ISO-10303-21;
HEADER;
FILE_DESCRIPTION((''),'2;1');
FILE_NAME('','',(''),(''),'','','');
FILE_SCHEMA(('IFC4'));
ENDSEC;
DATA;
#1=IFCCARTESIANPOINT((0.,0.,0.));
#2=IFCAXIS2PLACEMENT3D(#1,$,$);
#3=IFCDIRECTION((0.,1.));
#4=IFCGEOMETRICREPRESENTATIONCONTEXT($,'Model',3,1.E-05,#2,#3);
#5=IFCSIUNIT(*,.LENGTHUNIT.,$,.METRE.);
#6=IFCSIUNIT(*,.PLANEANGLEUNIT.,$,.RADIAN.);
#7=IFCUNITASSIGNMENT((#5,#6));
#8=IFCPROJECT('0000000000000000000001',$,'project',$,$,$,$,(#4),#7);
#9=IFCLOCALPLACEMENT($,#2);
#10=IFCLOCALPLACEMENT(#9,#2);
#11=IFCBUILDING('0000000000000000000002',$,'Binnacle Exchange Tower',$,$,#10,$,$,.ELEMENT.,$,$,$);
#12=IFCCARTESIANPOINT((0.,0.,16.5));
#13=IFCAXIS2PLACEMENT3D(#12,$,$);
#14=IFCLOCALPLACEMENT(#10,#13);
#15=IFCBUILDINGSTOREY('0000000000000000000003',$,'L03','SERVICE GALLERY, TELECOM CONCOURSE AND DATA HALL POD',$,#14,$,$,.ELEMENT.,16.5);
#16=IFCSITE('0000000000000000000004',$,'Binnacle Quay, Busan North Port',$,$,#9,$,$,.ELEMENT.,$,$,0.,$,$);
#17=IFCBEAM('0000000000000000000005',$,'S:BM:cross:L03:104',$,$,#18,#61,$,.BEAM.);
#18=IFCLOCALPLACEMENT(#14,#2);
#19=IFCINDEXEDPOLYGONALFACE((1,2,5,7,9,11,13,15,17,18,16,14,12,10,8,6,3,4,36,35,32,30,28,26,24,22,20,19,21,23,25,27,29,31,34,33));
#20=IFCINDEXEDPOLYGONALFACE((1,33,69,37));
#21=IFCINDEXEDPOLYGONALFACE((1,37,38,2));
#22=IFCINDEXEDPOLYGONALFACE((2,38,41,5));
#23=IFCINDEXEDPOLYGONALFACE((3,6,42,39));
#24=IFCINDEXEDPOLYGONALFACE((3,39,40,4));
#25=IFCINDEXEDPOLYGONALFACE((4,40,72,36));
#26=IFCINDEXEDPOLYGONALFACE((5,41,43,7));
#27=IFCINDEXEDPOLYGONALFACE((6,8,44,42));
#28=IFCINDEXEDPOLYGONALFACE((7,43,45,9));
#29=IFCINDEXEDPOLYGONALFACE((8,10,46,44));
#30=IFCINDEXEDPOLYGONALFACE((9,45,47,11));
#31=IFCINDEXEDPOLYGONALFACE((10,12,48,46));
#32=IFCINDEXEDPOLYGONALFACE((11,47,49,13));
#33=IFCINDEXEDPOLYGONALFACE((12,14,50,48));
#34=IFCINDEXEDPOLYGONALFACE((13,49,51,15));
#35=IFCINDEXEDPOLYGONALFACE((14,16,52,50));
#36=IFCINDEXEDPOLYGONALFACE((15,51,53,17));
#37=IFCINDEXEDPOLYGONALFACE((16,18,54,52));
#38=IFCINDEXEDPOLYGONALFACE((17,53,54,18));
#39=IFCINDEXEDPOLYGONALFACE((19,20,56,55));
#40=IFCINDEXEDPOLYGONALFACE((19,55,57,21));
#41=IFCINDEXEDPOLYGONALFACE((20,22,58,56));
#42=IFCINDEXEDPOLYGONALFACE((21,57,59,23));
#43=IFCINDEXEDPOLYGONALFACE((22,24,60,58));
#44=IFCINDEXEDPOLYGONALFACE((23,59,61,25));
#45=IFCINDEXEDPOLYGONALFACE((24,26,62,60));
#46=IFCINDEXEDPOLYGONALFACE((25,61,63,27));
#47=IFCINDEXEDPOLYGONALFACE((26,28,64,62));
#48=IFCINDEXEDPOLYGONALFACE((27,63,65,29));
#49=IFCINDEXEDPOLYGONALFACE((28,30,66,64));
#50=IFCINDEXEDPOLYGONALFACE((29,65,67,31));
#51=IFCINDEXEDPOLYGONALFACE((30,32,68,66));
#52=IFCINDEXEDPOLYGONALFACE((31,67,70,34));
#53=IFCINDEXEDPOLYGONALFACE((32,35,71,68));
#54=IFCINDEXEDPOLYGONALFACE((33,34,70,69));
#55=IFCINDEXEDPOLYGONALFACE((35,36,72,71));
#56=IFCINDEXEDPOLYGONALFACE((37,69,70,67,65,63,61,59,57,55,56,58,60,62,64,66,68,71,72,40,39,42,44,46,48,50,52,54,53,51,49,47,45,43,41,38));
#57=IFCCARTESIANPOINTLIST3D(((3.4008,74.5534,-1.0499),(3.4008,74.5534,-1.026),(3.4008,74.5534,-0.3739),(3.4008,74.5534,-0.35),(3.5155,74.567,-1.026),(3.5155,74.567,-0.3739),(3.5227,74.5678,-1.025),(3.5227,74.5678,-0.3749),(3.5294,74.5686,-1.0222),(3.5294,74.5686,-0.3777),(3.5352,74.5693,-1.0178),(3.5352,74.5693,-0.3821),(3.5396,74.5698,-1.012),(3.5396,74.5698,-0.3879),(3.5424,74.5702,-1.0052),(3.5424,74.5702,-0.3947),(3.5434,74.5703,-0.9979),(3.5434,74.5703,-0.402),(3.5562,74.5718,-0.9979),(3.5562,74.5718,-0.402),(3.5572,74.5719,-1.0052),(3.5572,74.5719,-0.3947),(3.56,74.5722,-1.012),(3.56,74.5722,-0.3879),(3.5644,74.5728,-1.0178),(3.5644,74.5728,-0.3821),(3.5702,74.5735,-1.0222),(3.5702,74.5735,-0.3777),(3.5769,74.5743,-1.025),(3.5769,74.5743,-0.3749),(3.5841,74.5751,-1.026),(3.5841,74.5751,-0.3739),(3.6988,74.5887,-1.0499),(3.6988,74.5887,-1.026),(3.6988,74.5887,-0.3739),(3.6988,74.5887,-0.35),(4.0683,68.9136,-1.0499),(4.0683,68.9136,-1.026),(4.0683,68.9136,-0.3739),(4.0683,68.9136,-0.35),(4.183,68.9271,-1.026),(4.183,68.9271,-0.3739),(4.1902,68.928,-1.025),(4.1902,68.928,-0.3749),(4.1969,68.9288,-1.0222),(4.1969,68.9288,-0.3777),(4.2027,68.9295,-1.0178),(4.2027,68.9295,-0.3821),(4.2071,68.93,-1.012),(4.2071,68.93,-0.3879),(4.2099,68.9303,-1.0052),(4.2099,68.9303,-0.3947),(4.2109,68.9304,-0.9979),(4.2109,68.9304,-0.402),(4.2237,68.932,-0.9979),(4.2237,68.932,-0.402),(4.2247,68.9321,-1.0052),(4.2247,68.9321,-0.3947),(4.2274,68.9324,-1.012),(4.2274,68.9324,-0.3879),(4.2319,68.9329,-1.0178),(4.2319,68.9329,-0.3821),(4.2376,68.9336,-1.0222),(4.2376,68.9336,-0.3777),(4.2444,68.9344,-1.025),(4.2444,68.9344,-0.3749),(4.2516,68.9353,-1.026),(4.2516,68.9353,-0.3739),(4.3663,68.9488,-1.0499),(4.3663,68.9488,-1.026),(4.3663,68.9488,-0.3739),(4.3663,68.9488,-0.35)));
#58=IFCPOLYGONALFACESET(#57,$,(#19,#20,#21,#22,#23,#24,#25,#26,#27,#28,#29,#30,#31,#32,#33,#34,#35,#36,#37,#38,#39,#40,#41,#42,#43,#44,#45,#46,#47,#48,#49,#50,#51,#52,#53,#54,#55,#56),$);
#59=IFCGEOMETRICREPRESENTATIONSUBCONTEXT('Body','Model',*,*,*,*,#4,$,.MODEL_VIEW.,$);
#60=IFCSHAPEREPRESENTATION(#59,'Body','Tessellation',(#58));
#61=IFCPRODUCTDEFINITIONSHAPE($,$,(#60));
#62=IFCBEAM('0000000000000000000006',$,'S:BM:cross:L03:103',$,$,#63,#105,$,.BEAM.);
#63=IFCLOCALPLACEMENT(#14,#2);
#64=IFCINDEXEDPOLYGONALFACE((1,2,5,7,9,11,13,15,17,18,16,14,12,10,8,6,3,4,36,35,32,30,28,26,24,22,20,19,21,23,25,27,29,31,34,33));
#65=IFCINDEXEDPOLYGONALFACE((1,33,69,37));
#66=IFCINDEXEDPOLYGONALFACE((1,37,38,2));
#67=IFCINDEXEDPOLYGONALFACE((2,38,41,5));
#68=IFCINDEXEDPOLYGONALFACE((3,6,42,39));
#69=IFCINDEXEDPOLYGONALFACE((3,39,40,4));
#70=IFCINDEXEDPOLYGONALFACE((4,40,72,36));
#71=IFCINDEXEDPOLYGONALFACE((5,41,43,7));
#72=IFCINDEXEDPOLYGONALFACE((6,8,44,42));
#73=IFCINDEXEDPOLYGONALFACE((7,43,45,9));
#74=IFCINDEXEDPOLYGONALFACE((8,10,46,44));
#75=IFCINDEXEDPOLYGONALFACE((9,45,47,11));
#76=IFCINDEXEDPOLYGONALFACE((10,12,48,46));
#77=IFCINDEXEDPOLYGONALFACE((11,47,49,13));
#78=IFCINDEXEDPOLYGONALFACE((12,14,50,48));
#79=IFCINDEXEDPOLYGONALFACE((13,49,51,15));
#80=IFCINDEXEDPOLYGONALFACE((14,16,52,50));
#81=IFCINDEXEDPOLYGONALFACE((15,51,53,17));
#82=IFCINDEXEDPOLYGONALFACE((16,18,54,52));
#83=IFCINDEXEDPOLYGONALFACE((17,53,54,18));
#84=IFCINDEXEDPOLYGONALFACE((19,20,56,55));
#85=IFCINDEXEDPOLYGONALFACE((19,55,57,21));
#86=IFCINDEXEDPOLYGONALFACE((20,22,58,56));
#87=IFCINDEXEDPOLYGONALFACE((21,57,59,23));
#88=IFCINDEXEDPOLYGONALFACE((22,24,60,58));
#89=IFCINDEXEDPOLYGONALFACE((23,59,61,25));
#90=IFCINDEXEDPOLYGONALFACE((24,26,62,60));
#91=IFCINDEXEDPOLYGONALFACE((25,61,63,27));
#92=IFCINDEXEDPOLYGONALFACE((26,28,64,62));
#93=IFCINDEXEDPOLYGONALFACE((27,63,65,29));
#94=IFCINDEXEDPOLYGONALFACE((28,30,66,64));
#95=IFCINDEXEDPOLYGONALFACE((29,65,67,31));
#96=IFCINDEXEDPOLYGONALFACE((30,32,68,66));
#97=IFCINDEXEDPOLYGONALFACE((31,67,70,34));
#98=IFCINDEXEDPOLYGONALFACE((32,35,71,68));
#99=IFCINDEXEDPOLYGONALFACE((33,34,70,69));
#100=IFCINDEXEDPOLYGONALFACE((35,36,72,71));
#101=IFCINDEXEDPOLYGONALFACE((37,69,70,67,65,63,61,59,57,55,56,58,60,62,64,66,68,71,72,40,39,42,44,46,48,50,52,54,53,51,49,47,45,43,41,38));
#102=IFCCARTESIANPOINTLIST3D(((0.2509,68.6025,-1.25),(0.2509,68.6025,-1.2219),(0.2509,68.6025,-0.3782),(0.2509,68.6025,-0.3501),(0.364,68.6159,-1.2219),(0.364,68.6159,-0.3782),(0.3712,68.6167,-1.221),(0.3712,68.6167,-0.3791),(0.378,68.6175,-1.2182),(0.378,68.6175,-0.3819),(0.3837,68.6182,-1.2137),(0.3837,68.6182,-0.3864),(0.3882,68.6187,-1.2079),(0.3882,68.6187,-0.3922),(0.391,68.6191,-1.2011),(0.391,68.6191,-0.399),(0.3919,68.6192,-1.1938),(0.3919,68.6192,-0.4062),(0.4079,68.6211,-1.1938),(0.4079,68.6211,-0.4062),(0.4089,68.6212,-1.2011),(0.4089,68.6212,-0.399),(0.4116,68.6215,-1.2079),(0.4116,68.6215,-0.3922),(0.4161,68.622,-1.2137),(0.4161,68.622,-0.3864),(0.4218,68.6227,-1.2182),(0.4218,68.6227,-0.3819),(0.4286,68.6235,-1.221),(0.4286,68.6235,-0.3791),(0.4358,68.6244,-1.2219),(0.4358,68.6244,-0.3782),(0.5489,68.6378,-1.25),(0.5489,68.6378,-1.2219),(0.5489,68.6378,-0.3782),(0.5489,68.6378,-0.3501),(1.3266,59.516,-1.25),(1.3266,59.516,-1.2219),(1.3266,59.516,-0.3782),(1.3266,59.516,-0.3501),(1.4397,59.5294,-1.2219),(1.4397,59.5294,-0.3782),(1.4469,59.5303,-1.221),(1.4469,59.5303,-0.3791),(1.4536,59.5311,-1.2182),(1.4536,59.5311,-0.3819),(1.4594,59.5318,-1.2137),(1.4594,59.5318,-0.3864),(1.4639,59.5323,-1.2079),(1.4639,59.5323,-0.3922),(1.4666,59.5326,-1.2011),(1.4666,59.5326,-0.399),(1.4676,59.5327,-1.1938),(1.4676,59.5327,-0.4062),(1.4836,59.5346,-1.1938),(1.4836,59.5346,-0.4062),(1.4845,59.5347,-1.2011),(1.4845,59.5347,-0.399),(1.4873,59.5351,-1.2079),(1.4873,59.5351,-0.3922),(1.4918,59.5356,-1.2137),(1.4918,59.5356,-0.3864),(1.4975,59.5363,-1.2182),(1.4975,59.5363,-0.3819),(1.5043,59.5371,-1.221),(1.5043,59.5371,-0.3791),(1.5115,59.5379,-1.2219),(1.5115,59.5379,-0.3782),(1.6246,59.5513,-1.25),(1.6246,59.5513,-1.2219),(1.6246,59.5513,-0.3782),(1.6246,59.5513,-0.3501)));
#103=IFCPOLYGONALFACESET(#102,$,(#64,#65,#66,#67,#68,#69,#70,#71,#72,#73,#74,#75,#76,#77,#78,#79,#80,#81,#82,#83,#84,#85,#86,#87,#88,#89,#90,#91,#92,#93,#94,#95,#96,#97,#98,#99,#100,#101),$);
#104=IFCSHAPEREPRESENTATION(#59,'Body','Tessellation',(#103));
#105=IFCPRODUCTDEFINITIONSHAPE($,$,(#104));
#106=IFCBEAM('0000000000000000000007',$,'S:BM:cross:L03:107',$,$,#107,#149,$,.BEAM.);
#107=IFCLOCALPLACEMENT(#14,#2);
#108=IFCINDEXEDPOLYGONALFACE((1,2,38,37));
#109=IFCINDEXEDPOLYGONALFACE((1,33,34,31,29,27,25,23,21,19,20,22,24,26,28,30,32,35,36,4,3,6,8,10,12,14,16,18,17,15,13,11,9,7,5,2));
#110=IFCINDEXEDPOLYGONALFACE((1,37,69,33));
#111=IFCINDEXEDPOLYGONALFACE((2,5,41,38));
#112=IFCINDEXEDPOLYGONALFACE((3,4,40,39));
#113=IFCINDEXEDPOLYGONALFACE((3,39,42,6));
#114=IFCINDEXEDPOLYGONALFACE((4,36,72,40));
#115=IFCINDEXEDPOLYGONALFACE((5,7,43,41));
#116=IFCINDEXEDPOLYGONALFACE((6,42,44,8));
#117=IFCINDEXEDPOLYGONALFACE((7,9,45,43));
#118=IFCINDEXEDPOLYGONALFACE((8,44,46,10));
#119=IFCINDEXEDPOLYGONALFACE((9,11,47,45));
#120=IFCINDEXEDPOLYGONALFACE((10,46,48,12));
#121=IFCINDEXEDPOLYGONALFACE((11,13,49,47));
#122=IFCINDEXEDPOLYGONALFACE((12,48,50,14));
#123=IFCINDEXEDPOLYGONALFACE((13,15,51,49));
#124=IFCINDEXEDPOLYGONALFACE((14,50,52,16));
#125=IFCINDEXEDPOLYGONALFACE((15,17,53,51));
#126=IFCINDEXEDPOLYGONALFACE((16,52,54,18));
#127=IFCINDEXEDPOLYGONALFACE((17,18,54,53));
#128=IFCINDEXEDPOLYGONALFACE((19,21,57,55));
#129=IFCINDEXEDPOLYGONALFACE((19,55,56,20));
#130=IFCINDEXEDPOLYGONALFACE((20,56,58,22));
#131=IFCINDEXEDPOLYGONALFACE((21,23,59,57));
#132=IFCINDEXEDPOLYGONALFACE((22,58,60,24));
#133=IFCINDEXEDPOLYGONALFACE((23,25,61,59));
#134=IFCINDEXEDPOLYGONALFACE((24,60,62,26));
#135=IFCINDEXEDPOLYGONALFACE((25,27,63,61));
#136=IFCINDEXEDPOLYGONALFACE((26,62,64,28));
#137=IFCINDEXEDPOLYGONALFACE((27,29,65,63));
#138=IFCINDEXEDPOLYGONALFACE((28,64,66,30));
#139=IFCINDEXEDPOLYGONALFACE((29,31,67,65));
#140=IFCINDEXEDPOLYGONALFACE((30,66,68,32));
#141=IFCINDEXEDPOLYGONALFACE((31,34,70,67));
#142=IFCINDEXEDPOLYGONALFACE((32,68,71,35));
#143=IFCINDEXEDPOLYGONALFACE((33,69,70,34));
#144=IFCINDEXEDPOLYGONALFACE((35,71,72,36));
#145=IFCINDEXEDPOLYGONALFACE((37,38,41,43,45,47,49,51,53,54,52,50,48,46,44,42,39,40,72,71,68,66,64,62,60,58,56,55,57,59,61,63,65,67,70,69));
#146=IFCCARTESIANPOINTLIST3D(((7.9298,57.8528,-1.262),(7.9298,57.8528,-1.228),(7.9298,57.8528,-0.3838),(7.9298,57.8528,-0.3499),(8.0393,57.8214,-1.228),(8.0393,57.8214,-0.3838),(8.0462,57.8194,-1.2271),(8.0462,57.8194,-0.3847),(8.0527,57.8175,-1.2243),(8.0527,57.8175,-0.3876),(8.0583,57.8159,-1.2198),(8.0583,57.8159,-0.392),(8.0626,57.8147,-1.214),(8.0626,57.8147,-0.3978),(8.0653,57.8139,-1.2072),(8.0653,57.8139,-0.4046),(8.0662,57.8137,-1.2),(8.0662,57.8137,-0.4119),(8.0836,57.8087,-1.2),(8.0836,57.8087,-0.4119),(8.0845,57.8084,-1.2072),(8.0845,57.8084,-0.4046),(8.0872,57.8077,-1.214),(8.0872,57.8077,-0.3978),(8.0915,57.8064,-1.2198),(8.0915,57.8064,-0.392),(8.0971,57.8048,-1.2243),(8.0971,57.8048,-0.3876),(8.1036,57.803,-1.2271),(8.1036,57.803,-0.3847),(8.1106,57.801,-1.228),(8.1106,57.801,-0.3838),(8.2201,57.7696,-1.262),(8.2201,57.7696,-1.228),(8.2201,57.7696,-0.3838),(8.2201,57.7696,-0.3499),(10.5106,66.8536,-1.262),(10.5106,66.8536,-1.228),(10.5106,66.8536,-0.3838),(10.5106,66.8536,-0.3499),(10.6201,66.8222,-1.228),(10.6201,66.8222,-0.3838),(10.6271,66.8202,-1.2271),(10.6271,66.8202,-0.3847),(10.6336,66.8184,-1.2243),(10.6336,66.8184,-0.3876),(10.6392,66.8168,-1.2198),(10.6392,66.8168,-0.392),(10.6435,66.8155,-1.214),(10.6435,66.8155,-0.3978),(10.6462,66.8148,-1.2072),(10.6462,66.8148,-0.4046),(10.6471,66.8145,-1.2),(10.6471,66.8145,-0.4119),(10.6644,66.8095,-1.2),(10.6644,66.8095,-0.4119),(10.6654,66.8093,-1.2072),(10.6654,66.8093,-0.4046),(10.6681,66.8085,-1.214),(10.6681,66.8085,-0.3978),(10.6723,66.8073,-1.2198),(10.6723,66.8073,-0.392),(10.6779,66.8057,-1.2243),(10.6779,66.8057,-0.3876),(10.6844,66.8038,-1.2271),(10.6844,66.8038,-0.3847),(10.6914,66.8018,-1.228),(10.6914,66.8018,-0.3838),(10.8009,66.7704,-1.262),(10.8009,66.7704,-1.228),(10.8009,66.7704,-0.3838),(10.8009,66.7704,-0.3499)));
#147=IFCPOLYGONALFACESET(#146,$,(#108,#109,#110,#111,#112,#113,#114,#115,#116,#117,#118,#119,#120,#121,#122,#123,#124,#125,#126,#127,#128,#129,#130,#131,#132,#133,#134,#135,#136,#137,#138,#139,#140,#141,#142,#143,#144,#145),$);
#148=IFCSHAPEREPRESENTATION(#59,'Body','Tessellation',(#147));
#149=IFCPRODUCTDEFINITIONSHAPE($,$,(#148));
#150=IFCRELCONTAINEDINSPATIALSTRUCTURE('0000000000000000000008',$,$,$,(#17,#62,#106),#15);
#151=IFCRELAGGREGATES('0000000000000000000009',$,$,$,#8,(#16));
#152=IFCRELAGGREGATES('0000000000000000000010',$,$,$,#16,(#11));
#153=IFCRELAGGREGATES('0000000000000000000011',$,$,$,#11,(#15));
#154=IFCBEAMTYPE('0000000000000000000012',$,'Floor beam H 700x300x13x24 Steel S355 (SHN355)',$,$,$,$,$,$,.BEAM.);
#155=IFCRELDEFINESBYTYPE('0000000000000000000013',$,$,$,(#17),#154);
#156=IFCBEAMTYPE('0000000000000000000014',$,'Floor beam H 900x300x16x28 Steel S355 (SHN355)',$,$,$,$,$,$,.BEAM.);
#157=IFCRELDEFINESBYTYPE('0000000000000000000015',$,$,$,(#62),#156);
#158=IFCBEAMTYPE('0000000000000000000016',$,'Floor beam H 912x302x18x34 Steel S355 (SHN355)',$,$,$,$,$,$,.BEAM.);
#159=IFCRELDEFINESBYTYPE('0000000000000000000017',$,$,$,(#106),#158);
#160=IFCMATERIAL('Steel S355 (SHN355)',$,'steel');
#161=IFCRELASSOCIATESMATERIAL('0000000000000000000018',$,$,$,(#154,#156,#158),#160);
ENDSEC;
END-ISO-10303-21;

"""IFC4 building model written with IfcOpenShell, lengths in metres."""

from ifc_helpers import new_model, si_unit, direction, frame, origin, origin_2d, place, context, subcontext, project, spatial, i_section, extrude, material, material_profile, profile_set, type_object, element, save


model = new_model("IFC4")

# Units and contexts
model_context = context("Model", 3, precision=1e-05, world=origin(), true_north=direction((0.0, 1.0)))
body_context = subcontext(model_context, "Body", "Model", "MODEL_VIEW")
ifc_project = project(units=[si_unit("LENGTHUNIT", "METRE"), si_unit("PLANEANGLEUNIT", "RADIAN")], contexts=[model_context])

# Site, building, storey
site_placement = place(None, origin())
site = spatial("IfcSite", under=ifc_project, at=site_placement, Name="Binnacle Quay, Busan North Port", CompositionType="ELEMENT", RefElevation=0.0)
building_placement = place(site_placement, origin())
building = spatial("IfcBuilding", under=site, at=building_placement, Name="Binnacle Exchange Tower", CompositionType="ELEMENT")
storey_placement = place(building_placement, frame((0.0, 0.0, 16.5)))
storey = spatial("IfcBuildingStorey", under=building, at=storey_placement, Name="L03", Description="SERVICE GALLERY, TELECOM CONCOURSE AND DATA HALL POD", CompositionType="ELEMENT", Elevation=16.5)

# Beams
ifc_material_1 = material(Name="Steel S355 (SHN355)", Category="steel")
ifc_material_profile_1 = material_profile(ifc_material_1, i_section(OverallWidth=0.3, OverallDepth=0.7, WebThickness=0.0129, FlangeThickness=0.0239, FilletRadius=0.0281, at=origin_2d()), Name="H 700x300x13x24")
ifc_profile_set_1 = profile_set([ifc_material_profile_1], Name="Steel S355 (SHN355)")
beam_type_1 = type_object("IfcBeamType", Name="Floor beam H 700x300x13x24 Steel S355 (SHN355)", PredefinedType="BEAM", material=ifc_profile_set_1)
beam_1_placement = place(storey_placement, frame((3.5498, 74.571, -0.7), z_axis=(0.11753, -0.993069, 0.0), x_axis=(0.993069, 0.11753, 0.0)))
element("IfcBeam", 1, at=beam_1_placement, inside=storey, type_object=beam_type_1, Name="S:BM:cross:L03:104", PredefinedType="BEAM", context=body_context, shape_type="SweptSolid", body=[
    extrude(i_section(OverallWidth=0.3, OverallDepth=0.7, WebThickness=0.0129, FlangeThickness=0.0239, FilletRadius=0.0281, at=origin_2d()), origin(), (0.0, 0.0, 1.0), 5.6792),
])
ifc_material_profile_2 = material_profile(ifc_material_1, i_section(OverallWidth=0.3, OverallDepth=0.8999, WebThickness=0.0161, FlangeThickness=0.0281, FilletRadius=0.0281, at=origin_2d()), Name="H 900x300x16x28")
ifc_profile_set_2 = profile_set([ifc_material_profile_2], Name="Steel S355 (SHN355)")
beam_type_2 = type_object("IfcBeamType", Name="Floor beam H 900x300x16x28 Steel S355 (SHN355)", PredefinedType="BEAM", material=ifc_profile_set_2)
beam_2_placement = place(storey_placement, frame((0.3999, 68.6201, -0.8), z_axis=(0.117563, -0.993065, 0.0), x_axis=(0.993065, 0.117563, 0.0)))
element("IfcBeam", 2, at=beam_2_placement, inside=storey, type_object=beam_type_2, Name="S:BM:cross:L03:103", PredefinedType="BEAM", context=body_context, shape_type="SweptSolid", body=[
    extrude(i_section(OverallWidth=0.3, OverallDepth=0.8999, WebThickness=0.0161, FlangeThickness=0.0281, FilletRadius=0.0281, at=origin_2d()), origin(), (0.0, 0.0, 1.0), 9.1499),
])
ifc_material_profile_3 = material_profile(ifc_material_1, i_section(OverallWidth=0.302, OverallDepth=0.9121, WebThickness=0.0181, FlangeThickness=0.0339, FilletRadius=0.0281, at=origin_2d()), Name="H 912x302x18x34")
ifc_profile_set_3 = profile_set([ifc_material_profile_3], Name="Steel S355 (SHN355)")
beam_type_3 = type_object("IfcBeamType", Name="Floor beam H 912x302x18x34 Steel S355 (SHN355)", PredefinedType="BEAM", material=ifc_profile_set_3)
beam_3_placement = place(storey_placement, frame((10.6558, 66.812, -0.8059), z_axis=(-0.275627, -0.961265, 0.0), x_axis=(0.961265, -0.275627, 0.0)))
element("IfcBeam", 3, at=beam_3_placement, inside=storey, type_object=beam_type_3, Name="S:BM:cross:L03:107", PredefinedType="BEAM", context=body_context, shape_type="SweptSolid", body=[
    extrude(i_section(OverallWidth=0.302, OverallDepth=0.9121, WebThickness=0.0181, FlangeThickness=0.0339, FilletRadius=0.0281, at=origin_2d()), origin(), (0.0, 0.0, 1.0), 9.3635),
])

save(model, "model.ifc")
